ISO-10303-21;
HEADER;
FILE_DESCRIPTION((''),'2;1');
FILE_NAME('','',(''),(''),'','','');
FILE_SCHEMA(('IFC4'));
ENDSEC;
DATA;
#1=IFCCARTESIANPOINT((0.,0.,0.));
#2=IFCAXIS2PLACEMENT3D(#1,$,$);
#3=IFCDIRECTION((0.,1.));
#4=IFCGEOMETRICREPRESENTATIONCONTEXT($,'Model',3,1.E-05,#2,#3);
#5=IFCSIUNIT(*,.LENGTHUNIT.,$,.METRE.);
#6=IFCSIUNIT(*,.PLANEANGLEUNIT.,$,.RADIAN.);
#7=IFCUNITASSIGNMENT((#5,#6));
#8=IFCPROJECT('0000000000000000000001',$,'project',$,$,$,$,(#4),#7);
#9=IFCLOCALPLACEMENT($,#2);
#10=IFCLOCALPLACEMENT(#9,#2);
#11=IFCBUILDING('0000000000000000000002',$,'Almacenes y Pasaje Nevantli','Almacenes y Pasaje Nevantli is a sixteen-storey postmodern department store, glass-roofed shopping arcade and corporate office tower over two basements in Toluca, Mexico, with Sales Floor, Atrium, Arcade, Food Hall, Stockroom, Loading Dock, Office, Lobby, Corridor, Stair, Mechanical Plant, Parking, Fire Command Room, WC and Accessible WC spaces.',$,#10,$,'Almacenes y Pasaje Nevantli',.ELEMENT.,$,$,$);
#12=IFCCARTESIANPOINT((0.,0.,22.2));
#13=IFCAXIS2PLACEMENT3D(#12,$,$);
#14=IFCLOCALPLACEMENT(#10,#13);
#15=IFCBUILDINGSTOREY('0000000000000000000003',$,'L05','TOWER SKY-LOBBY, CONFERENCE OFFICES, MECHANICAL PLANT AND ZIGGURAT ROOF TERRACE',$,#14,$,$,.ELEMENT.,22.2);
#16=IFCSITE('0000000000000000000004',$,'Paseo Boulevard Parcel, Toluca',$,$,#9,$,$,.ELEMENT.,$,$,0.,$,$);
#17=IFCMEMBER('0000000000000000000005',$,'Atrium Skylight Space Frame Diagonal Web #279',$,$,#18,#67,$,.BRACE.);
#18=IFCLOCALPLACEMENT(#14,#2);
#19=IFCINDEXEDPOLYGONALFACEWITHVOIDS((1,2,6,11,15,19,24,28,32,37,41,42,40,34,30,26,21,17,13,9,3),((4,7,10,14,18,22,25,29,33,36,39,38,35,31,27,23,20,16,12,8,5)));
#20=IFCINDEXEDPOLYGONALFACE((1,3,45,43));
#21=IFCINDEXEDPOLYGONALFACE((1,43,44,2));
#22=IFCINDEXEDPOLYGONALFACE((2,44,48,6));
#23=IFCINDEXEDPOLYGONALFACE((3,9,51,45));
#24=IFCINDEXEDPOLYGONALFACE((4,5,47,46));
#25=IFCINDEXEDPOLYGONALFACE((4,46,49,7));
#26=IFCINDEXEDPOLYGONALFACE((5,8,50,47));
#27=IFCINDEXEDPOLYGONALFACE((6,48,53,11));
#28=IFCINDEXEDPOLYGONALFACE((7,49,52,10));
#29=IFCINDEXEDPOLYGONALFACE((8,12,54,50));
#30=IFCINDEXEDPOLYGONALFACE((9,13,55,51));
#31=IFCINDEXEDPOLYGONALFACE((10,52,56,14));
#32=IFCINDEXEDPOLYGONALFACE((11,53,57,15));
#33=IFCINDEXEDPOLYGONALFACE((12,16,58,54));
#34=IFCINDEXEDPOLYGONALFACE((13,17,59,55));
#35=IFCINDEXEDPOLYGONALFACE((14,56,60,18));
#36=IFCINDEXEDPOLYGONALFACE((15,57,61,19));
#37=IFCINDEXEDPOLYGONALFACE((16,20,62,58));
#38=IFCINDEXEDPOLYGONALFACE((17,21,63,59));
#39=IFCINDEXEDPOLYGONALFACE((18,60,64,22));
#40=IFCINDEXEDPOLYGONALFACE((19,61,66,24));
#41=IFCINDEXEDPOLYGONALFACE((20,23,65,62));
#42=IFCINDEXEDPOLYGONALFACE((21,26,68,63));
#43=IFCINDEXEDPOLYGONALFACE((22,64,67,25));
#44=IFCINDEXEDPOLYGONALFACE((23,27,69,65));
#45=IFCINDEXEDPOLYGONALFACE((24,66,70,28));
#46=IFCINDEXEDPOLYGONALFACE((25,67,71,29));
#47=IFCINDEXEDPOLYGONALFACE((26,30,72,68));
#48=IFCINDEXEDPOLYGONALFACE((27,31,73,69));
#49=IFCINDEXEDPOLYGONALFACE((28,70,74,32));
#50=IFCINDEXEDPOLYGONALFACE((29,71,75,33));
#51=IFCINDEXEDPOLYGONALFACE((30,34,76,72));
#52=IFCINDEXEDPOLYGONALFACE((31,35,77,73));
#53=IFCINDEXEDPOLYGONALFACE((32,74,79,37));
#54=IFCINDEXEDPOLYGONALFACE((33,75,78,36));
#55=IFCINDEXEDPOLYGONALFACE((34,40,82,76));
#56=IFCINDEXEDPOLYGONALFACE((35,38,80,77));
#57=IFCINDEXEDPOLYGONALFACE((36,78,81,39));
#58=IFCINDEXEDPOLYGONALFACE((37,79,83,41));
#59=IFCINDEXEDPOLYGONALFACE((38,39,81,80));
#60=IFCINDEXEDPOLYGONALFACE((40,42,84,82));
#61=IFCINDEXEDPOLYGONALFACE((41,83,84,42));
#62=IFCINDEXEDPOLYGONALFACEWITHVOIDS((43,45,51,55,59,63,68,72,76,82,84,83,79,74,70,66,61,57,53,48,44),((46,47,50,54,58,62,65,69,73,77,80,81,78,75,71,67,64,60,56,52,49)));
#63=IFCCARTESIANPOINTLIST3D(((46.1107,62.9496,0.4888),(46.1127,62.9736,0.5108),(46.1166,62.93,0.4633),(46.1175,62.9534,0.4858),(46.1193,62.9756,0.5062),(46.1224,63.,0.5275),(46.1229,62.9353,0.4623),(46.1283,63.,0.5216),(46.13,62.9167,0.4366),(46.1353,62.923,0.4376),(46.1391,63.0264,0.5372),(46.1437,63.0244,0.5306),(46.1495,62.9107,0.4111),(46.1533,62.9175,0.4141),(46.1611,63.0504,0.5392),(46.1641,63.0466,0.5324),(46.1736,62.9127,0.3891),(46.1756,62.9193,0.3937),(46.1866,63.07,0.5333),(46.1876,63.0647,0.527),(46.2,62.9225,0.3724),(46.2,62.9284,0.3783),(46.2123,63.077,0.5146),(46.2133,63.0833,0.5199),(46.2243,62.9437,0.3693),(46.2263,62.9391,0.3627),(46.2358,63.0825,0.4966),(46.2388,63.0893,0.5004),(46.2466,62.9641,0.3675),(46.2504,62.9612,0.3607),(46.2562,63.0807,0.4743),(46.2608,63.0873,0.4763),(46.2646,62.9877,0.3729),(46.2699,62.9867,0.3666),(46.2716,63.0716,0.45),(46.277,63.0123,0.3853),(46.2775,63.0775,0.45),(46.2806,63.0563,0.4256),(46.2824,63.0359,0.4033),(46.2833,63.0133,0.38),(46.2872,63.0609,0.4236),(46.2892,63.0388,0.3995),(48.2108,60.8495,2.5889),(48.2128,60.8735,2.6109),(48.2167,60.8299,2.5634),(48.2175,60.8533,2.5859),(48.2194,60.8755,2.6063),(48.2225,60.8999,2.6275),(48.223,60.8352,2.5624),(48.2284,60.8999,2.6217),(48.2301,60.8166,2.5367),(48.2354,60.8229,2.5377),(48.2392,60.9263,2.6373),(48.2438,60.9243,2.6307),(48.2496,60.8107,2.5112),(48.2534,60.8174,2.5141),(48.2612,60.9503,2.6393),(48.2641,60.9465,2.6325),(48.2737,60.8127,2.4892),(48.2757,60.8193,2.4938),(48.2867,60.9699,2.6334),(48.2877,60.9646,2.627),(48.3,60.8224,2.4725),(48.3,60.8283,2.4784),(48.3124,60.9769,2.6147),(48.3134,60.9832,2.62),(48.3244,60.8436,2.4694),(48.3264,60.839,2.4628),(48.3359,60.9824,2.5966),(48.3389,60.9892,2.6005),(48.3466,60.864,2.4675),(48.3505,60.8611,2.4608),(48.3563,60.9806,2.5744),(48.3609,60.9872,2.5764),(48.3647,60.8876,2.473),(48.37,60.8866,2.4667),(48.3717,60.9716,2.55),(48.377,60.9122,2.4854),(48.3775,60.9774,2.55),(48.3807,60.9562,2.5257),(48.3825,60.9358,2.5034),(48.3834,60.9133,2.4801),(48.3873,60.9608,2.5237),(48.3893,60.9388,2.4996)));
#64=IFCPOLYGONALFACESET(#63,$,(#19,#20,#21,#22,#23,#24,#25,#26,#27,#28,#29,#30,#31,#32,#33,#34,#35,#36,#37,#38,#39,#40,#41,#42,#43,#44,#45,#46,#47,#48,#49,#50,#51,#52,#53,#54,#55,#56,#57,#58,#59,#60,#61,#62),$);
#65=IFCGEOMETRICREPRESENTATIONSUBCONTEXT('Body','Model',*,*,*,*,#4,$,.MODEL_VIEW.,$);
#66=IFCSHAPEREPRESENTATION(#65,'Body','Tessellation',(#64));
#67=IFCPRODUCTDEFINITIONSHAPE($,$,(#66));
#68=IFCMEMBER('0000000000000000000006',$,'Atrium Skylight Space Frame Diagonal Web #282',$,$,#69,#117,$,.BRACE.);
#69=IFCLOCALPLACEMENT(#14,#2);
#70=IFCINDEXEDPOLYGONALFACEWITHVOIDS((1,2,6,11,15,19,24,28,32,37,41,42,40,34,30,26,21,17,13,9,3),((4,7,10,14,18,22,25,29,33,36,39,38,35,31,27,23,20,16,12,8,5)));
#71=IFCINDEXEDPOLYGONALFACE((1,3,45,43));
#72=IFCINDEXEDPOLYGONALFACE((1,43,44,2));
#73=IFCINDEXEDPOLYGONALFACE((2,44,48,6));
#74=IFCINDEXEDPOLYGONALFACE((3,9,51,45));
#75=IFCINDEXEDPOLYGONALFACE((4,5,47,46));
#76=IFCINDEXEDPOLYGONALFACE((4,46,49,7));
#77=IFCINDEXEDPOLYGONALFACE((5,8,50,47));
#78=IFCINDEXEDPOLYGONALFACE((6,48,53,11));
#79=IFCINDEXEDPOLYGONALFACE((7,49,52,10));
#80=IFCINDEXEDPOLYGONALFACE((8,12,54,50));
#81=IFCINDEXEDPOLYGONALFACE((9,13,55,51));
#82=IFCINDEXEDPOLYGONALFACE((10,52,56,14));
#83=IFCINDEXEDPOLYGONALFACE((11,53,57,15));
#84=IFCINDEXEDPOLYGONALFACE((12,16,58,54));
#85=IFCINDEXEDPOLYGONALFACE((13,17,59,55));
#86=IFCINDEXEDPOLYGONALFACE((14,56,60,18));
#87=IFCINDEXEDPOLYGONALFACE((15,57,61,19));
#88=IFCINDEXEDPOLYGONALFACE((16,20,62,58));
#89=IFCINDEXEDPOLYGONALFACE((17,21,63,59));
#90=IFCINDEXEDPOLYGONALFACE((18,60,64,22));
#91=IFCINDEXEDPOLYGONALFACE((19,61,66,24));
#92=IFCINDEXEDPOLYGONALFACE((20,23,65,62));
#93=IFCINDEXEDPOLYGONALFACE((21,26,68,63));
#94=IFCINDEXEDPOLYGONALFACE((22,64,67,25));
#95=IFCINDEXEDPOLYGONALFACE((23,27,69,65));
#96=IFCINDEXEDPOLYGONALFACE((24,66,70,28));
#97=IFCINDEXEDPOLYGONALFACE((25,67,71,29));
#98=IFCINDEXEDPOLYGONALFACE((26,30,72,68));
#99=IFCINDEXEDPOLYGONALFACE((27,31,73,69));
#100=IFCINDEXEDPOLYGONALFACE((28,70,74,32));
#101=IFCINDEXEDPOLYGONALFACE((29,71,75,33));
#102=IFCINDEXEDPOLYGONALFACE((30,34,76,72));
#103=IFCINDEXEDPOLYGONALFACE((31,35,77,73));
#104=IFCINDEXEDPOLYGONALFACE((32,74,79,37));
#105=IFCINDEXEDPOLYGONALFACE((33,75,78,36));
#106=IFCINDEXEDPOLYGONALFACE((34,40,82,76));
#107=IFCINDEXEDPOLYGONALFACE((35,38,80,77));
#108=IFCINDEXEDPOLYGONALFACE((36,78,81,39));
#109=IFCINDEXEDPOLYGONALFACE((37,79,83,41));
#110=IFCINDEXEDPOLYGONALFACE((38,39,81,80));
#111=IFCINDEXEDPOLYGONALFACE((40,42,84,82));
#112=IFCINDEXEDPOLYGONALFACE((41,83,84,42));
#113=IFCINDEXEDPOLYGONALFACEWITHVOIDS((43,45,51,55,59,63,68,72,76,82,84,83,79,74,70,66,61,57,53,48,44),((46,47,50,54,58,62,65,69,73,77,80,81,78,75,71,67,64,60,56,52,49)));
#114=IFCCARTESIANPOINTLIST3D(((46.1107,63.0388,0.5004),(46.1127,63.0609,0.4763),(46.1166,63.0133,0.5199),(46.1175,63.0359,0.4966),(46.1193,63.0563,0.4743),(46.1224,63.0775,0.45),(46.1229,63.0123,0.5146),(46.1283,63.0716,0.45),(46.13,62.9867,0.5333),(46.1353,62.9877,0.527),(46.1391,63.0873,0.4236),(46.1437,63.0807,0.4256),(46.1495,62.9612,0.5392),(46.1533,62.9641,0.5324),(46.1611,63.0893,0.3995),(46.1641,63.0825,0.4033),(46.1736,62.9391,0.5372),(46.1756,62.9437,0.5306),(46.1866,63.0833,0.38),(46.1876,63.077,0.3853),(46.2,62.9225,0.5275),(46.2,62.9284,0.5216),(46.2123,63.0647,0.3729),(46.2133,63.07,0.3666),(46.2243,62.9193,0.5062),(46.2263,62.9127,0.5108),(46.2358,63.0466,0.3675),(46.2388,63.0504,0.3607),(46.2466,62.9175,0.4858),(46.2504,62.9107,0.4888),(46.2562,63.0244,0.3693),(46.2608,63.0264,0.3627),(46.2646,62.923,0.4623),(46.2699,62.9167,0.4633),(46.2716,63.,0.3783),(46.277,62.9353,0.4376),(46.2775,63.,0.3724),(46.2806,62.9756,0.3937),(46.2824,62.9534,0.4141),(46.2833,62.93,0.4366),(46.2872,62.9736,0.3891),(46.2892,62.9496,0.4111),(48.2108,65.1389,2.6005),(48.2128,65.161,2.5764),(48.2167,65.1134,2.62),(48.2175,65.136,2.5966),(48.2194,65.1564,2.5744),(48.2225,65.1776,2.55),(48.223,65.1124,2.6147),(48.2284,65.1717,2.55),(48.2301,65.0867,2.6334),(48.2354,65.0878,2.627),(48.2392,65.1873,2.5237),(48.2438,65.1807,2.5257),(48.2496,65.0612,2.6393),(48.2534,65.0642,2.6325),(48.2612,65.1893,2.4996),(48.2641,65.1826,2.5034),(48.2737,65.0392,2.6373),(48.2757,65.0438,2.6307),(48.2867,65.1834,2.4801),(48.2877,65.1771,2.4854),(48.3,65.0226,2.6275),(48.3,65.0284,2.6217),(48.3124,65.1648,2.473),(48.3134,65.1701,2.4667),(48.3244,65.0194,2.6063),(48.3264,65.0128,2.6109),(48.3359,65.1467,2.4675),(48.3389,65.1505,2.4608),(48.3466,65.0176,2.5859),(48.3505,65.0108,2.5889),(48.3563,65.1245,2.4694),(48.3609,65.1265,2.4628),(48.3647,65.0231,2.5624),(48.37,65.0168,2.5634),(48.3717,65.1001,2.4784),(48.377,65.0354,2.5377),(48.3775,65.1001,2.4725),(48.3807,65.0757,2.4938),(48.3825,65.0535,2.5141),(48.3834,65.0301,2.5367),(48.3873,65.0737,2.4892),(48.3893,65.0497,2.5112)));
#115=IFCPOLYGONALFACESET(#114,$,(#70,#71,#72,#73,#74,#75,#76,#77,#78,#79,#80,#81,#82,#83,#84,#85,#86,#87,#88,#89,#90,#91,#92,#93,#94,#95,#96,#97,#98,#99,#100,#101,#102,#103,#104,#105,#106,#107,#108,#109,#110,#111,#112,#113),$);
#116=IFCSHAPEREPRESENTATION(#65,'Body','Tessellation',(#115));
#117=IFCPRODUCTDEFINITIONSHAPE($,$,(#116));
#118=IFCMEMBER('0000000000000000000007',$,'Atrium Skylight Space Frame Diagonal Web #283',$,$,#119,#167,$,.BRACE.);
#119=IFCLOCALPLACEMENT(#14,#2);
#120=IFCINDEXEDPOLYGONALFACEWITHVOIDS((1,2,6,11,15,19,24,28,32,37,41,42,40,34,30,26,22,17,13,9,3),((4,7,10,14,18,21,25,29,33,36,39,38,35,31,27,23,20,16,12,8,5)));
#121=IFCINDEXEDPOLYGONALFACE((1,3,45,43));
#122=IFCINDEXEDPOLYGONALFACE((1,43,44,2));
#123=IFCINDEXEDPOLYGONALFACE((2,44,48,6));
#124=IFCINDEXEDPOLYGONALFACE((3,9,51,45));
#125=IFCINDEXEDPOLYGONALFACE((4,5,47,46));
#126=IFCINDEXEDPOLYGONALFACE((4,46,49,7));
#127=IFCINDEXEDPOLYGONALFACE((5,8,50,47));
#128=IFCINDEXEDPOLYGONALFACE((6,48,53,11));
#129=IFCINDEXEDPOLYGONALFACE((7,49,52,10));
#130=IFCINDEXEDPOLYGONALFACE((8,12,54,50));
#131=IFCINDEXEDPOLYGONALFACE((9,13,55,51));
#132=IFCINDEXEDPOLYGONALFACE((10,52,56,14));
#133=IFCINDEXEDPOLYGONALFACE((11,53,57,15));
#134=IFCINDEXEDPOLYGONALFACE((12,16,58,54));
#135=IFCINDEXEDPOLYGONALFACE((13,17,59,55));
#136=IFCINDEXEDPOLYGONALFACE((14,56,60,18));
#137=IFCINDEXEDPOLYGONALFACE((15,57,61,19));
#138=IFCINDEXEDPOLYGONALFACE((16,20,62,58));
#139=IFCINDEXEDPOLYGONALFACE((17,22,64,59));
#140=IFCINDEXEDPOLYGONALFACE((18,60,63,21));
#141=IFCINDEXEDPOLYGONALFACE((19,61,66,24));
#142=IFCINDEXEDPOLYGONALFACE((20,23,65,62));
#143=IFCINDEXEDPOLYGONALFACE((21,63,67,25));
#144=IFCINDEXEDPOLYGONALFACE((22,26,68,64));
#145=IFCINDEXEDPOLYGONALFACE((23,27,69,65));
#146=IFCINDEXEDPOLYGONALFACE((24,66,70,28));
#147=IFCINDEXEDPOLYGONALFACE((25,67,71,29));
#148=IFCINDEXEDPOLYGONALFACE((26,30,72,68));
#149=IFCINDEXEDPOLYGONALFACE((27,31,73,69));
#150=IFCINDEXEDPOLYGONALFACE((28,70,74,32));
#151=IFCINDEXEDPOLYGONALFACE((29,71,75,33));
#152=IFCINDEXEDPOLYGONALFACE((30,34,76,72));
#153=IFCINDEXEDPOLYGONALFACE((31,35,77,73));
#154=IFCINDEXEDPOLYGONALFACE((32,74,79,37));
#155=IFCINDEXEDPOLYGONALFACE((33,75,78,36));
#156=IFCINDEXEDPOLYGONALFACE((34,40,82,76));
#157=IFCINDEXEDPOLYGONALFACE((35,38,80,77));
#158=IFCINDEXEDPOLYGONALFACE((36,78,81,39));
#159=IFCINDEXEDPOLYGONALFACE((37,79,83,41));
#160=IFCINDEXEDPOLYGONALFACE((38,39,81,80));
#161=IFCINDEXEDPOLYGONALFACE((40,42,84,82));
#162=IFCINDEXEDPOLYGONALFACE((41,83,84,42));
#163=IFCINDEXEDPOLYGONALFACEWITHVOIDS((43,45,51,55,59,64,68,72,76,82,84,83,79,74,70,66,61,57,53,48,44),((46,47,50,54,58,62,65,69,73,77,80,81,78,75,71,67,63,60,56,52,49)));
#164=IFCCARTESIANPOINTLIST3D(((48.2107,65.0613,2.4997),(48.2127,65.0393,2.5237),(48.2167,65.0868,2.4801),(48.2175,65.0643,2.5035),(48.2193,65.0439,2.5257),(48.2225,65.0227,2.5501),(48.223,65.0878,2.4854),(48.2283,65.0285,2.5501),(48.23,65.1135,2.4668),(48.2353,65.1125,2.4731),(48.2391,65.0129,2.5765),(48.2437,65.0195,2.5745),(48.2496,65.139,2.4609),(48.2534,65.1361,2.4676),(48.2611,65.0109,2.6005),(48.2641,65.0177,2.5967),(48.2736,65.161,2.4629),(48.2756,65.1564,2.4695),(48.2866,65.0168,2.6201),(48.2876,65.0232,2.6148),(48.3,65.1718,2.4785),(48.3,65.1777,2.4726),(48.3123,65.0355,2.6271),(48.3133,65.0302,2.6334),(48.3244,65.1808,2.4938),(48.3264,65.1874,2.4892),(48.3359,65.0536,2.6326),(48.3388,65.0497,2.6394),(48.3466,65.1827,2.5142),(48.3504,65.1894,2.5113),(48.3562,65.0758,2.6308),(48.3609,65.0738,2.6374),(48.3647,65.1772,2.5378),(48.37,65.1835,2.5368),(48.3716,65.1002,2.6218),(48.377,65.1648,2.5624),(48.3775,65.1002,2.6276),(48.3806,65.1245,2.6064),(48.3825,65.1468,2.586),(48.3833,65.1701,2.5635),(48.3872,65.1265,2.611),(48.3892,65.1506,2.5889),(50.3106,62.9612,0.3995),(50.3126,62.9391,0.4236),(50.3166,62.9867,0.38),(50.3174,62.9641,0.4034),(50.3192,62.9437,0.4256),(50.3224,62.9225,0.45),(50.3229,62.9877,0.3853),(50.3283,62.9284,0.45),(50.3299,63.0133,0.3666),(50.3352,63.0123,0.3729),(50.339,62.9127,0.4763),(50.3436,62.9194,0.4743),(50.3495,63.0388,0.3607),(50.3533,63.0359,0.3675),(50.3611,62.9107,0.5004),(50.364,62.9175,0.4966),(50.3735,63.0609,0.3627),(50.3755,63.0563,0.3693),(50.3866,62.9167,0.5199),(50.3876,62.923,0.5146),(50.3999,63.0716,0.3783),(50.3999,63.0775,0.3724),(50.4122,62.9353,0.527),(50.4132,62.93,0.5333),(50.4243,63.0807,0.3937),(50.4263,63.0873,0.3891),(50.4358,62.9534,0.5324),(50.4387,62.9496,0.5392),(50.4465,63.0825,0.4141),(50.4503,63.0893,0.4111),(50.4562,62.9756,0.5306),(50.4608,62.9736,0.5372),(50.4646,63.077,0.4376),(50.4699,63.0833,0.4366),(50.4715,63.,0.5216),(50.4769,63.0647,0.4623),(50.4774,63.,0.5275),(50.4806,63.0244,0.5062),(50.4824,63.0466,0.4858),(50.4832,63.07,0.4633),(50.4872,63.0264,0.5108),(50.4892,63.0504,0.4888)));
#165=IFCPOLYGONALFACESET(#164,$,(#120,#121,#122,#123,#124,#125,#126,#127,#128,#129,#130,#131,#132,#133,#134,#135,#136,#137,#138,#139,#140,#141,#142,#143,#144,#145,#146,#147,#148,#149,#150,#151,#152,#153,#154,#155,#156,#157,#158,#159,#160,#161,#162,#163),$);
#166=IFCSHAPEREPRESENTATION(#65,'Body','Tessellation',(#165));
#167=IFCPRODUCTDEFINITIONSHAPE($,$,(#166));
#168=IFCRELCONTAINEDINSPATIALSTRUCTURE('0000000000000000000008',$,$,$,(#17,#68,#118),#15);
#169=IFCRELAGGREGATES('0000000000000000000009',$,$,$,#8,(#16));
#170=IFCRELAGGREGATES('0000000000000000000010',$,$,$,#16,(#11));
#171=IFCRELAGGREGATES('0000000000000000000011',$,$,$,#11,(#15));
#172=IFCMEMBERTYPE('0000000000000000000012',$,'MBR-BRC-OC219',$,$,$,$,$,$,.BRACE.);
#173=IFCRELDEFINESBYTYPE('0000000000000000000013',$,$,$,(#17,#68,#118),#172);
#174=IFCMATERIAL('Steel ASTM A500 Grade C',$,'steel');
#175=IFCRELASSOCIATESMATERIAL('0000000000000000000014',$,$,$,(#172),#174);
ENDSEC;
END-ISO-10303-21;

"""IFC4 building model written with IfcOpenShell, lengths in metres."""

from ifc_helpers import new_model, si_unit, direction, frame, origin, origin_2d, place, context, subcontext, project, spatial, hollow_circle, extrude, material, material_profile, profile_set, type_object, element, save


model = new_model("IFC4")

# Units and contexts
model_context = context("Model", 3, precision=1e-05, world=origin(), true_north=direction((0.0, 1.0)))
body_context = subcontext(model_context, "Body", "Model", "MODEL_VIEW")
ifc_project = project(units=[si_unit("LENGTHUNIT", "METRE"), si_unit("PLANEANGLEUNIT", "RADIAN")], contexts=[model_context])

# Site, building, storey
site_placement = place(None, origin())
site = spatial("IfcSite", under=ifc_project, at=site_placement, Name="Paseo Boulevard Parcel, Toluca", CompositionType="ELEMENT", RefElevation=0.0)
building_placement = place(site_placement, origin())
building = spatial("IfcBuilding", under=site, at=building_placement, Name="Almacenes y Pasaje Nevantli", Description="Almacenes y Pasaje Nevantli is a sixteen-storey postmodern department store, glass-roofed shopping arcade and corporate office tower over two basements in Toluca, Mexico, with Sales Floor, Atrium, Arcade, Food Hall, Stockroom, Loading Dock, Office, Lobby, Corridor, Stair, Mechanical Plant, Parking, Fire Command Room, WC and Accessible WC spaces.", LongName="Almacenes y Pasaje Nevantli", CompositionType="ELEMENT")
storey_placement = place(building_placement, frame((0.0, 0.0, 22.2)))
storey = spatial("IfcBuildingStorey", under=building, at=storey_placement, Name="L05", Description="TOWER SKY-LOBBY, CONFERENCE OFFICES, MECHANICAL PLANT AND ZIGGURAT ROOF TERRACE", CompositionType="ELEMENT", Elevation=22.2)

# Members
ifc_material_1 = material(Name="Steel ASTM A500 Grade C", Category="steel")
ifc_material_profile_1 = material_profile(ifc_material_1, hollow_circle(Radius=0.1096, WallThickness=0.0083, at=origin_2d()), Name="OC 219x8.2")
ifc_profile_set_1 = profile_set([ifc_material_profile_1], Name="Steel ASTM A500 Grade C")
member_type_1 = type_object("IfcMemberType", Name="MBR-BRC-OC219", PredefinedType="BRACE", material=ifc_profile_set_1)
for number, where, z_axis, x_axis, name in (
    (1, (46.2, 63.0, 0.45), (0.57735, -0.57735, 0.57735), (0.707107, 0.707107, 0.0), "Atrium Skylight Space Frame Diagonal Web #279"),
    (2, (46.2, 63.0, 0.45), (0.57735, 0.57735, 0.57735), (-0.707107, 0.707107, 0.0), "Atrium Skylight Space Frame Diagonal Web #282"),
    (3, (50.3999, 63.0, 0.45), (-0.577306, 0.577373, 0.577373), (-0.707148, -0.707066, 0.0), "Atrium Skylight Space Frame Diagonal Web #283"),
):
    element("IfcMember", number, at=place(storey_placement, frame(where, z_axis=z_axis, x_axis=x_axis)), inside=storey, type_object=member_type_1, Name=name, PredefinedType="BRACE", context=body_context, shape_type="SweptSolid", body=[
        extrude(hollow_circle(Radius=0.1096, WallThickness=0.0083, at=origin_2d()), origin(), (0.0, 0.0, 1.0), 3.6375),
    ])

save(model, "model.ifc")
